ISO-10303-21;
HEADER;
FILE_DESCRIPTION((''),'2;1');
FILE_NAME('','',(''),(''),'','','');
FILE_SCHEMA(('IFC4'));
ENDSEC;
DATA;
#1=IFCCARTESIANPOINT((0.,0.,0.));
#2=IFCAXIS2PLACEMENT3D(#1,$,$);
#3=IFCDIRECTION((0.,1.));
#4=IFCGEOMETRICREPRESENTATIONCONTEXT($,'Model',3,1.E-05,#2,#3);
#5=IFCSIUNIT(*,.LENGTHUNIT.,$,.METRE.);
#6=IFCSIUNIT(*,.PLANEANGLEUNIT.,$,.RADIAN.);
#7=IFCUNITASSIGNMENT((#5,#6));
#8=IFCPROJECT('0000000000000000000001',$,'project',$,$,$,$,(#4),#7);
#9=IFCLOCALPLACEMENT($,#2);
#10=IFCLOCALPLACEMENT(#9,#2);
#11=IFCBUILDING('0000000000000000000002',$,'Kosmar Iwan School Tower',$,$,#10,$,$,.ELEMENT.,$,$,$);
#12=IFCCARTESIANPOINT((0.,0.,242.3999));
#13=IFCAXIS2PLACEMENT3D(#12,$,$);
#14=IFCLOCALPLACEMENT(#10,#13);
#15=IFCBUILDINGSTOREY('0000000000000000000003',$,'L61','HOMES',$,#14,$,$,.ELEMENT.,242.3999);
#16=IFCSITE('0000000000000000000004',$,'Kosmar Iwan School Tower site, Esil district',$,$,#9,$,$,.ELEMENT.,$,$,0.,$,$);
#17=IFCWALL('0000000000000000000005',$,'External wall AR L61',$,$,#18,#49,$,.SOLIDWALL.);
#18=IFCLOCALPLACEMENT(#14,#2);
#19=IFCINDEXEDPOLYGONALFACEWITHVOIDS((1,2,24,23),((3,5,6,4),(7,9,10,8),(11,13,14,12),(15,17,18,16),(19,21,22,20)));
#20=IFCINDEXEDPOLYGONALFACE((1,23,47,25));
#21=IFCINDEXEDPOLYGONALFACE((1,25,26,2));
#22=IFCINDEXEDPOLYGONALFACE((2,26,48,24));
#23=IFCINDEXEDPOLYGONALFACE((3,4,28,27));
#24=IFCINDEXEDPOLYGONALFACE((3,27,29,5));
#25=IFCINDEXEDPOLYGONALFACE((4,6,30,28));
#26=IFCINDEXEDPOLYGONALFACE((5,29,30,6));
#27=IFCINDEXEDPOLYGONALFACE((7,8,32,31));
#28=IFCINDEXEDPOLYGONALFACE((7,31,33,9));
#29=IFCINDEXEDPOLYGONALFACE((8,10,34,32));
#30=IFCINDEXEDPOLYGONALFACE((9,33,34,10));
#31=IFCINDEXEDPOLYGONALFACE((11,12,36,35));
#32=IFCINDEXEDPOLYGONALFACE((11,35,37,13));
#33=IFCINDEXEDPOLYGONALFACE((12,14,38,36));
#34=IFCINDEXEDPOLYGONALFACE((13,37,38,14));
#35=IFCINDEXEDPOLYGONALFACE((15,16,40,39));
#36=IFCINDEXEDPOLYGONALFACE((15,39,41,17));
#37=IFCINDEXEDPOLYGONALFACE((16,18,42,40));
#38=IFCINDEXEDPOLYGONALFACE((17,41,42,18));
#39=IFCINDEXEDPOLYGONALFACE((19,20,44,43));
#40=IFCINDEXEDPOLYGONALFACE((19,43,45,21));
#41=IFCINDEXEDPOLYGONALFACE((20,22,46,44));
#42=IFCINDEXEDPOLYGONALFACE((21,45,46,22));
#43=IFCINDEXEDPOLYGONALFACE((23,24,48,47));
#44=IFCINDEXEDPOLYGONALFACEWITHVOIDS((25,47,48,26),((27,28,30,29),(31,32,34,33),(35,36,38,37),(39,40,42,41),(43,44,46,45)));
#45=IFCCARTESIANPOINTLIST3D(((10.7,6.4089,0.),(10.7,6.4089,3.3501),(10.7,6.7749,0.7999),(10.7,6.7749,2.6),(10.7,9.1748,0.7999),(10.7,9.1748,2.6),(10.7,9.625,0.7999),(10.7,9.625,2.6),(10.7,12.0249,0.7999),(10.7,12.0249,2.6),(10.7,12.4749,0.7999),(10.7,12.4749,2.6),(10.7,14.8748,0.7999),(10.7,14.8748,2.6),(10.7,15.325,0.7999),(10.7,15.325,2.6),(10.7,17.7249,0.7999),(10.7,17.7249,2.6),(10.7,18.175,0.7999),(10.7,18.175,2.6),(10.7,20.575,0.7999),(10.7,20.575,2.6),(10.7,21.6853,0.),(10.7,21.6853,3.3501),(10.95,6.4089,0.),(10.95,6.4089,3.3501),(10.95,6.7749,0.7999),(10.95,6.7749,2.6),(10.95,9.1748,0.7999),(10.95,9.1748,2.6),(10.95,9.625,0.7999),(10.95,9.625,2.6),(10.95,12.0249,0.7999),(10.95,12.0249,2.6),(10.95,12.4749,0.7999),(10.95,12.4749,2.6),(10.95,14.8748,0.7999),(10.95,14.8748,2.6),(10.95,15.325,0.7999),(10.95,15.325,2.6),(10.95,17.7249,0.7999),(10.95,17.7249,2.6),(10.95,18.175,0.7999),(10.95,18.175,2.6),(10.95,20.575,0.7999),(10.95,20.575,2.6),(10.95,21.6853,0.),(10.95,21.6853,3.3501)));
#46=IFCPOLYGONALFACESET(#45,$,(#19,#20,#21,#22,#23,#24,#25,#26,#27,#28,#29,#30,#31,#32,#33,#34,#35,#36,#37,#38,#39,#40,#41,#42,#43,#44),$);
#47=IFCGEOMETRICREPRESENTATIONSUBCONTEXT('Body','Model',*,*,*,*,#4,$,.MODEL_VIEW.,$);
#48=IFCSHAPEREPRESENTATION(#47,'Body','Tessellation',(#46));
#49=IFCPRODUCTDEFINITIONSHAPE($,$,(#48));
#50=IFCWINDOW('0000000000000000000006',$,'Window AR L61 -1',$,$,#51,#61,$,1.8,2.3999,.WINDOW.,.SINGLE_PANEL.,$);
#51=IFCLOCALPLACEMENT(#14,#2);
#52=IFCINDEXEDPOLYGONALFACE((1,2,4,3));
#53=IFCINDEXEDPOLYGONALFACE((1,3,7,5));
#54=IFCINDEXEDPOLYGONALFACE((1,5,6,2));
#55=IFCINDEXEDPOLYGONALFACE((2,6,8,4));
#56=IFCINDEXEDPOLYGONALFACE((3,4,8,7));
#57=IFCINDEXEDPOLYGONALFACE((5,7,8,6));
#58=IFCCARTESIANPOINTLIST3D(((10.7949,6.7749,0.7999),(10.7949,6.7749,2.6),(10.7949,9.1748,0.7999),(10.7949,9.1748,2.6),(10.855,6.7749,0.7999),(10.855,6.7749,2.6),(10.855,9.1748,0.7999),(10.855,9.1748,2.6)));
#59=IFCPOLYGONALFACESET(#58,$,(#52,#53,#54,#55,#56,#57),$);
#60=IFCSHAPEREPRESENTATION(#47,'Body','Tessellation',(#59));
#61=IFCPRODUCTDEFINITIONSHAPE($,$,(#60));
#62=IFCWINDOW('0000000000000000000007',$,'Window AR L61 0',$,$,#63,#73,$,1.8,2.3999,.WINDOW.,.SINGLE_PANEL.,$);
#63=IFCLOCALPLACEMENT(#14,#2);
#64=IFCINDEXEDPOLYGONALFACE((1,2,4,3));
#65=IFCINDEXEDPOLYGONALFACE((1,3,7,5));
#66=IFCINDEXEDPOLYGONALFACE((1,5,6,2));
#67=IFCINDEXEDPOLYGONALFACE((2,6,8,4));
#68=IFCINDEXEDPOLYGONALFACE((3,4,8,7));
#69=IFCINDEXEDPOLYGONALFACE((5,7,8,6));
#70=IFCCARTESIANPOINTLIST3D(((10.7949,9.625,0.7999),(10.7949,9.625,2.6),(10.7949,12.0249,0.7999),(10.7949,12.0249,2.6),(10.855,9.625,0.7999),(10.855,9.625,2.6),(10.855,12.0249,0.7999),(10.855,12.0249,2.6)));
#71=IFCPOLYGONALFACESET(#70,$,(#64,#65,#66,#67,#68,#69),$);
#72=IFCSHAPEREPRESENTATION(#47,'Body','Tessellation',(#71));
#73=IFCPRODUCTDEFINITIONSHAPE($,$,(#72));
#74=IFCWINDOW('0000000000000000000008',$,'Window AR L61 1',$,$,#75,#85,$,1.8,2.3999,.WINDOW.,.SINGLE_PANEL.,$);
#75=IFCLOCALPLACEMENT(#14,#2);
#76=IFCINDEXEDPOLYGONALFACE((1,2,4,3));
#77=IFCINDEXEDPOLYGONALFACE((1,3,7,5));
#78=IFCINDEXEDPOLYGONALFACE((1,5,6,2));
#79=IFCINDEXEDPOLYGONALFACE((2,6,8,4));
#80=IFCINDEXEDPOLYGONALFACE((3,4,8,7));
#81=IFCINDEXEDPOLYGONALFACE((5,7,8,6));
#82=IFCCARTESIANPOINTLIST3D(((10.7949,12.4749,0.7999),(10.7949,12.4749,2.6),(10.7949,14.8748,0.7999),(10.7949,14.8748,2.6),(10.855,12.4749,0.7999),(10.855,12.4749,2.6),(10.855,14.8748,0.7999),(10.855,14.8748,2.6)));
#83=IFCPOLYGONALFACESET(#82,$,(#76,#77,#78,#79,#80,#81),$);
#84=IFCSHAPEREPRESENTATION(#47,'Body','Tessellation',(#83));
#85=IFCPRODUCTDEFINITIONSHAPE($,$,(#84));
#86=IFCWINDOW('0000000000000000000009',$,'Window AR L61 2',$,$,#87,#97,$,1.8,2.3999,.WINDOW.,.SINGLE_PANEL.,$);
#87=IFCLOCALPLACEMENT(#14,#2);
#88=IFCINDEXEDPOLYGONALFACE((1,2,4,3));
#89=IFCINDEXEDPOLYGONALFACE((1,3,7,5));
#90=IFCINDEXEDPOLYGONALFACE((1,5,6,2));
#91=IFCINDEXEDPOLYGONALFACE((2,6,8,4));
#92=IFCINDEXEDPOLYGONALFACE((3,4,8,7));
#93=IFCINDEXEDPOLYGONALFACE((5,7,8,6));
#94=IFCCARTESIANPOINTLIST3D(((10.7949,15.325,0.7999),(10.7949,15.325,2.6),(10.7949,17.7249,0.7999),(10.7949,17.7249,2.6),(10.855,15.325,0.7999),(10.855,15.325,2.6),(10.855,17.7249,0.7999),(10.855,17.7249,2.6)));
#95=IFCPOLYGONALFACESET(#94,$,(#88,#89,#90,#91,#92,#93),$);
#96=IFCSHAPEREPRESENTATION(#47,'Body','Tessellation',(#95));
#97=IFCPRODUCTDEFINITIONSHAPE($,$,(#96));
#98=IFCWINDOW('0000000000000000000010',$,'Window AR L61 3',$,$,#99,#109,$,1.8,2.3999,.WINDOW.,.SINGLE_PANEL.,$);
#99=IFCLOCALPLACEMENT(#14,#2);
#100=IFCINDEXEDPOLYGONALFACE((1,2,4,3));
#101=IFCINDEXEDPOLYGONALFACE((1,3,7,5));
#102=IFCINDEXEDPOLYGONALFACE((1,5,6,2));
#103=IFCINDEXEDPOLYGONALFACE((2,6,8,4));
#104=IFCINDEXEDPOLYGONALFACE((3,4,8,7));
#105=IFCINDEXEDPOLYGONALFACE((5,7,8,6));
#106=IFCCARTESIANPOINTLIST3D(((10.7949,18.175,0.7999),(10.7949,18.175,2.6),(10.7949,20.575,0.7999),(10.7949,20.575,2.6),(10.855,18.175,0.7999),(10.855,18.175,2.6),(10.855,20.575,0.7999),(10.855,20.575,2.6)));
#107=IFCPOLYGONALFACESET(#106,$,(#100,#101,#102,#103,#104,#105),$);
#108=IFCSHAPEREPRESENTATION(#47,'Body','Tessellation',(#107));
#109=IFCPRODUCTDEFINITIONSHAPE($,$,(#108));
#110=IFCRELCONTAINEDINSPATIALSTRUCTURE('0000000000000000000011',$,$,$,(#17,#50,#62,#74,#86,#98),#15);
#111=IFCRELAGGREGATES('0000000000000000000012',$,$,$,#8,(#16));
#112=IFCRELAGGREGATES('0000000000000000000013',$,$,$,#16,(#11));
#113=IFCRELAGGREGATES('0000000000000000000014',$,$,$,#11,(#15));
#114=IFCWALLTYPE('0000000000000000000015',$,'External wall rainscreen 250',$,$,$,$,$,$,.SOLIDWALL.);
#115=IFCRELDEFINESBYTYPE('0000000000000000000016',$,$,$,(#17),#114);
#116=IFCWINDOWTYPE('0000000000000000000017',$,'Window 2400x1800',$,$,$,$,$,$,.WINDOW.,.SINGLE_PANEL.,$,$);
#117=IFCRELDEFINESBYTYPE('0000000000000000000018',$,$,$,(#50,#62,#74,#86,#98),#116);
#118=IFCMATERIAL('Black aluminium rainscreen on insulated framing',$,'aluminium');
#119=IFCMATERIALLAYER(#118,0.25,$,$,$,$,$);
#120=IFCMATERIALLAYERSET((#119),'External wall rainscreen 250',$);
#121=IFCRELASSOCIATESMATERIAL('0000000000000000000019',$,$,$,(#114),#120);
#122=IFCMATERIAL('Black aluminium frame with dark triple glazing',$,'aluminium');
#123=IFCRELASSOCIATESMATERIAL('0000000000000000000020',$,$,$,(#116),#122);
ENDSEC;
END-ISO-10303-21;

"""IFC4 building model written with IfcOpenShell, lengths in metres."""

from ifc_helpers import new_model, si_unit, direction, frame, frame_2d, origin, place, context, subcontext, project, spatial, rectangle, extrude, material, layer, layer_set, type_object, element, fill, save


model = new_model("IFC4")

# Units and contexts
model_context = context("Model", 3, precision=1e-05, world=origin(), true_north=direction((0.0, 1.0)))
body_context = subcontext(model_context, "Body", "Model", "MODEL_VIEW")
ifc_project = project(units=[si_unit("LENGTHUNIT", "METRE"), si_unit("PLANEANGLEUNIT", "RADIAN")], contexts=[model_context])

# Site, building, storey
site_placement = place(None, origin())
site = spatial("IfcSite", under=ifc_project, at=site_placement, Name="Kosmar Iwan School Tower site, Esil district", CompositionType="ELEMENT", RefElevation=0.0)
building_placement = place(site_placement, origin())
building = spatial("IfcBuilding", under=site, at=building_placement, Name="Kosmar Iwan School Tower", CompositionType="ELEMENT")
storey_placement = place(building_placement, frame((0.0, 0.0, 242.3999)))
storey = spatial("IfcBuildingStorey", under=building, at=storey_placement, Name="L61", Description="HOMES", CompositionType="ELEMENT", Elevation=242.3999)

# Wall, openings, windows
ifc_material_1 = material(Name="Black aluminium rainscreen on insulated framing", Category="aluminium")
ifc_layer_1 = layer(ifc_material_1, 0.25)
ifc_layer_set_1 = layer_set([ifc_layer_1], Name="External wall rainscreen 250")
wall_type_1 = type_object("IfcWallType", Name="External wall rainscreen 250", PredefinedType="SOLIDWALL", material=ifc_layer_set_1)
ifc_material_2 = material(Name="Black aluminium frame with dark triple glazing", Category="aluminium")
window_type = type_object("IfcWindowType", Name="Window 2400x1800", PartitioningType="SINGLE_PANEL", PredefinedType="WINDOW", material=ifc_material_2)
wall_1_placement = place(storey_placement, frame((10.825, 6.4089, 0.0), z_axis=(0.0, 0.0, 1.0), x_axis=(0.0, 1.0, 0.0)))
wall_1 = element("IfcWall", 1, at=wall_1_placement, inside=storey, type_object=wall_type_1, Name="External wall AR L61", PredefinedType="SOLIDWALL", context=body_context, shape_type="SweptSolid", body=[
    extrude(rectangle(XDim=15.2764, YDim=0.25, at=frame_2d((7.6382, 0.0))), origin(), (0.0, 0.0, 1.0), 3.3501),
])
opening_1_placement = place(wall_1_placement, frame((0.366, 0.0, 0.8)))
opening_1 = element("IfcOpeningElement", 2, at=opening_1_placement, cuts=wall_1, PredefinedType="OPENING", context=body_context, shape_type="SweptSolid", body=[
    extrude(rectangle(XDim=2.3999, YDim=1.8, at=frame_2d((1.2, 0.8999))), frame((0.0, 0.137, 0.0), z_axis=(0.0, -1.0, 0.0), x_axis=(1.0, 0.0, 0.0)), (0.0, 0.0, 1.0), 0.2739),
])
opening_2_placement = place(wall_1_placement, frame((3.2161, 0.0, 0.8)))
opening_2 = element("IfcOpeningElement", 3, at=opening_2_placement, cuts=wall_1, PredefinedType="OPENING", context=body_context, shape_type="SweptSolid", body=[
    extrude(rectangle(XDim=2.3999, YDim=1.8, at=frame_2d((1.2, 0.8999))), frame((0.0, 0.137, 0.0), z_axis=(0.0, -1.0, 0.0), x_axis=(1.0, 0.0, 0.0)), (0.0, 0.0, 1.0), 0.2739),
])
opening_3_placement = place(wall_1_placement, frame((6.0659, 0.0, 0.8)))
opening_3 = element("IfcOpeningElement", 4, at=opening_3_placement, cuts=wall_1, PredefinedType="OPENING", context=body_context, shape_type="SweptSolid", body=[
    extrude(rectangle(XDim=2.3999, YDim=1.8, at=frame_2d((1.2, 0.8999))), frame((0.0, 0.137, 0.0), z_axis=(0.0, -1.0, 0.0), x_axis=(1.0, 0.0, 0.0)), (0.0, 0.0, 1.0), 0.2739),
])
opening_4_placement = place(wall_1_placement, frame((8.916, 0.0, 0.8)))
opening_4 = element("IfcOpeningElement", 5, at=opening_4_placement, cuts=wall_1, PredefinedType="OPENING", context=body_context, shape_type="SweptSolid", body=[
    extrude(rectangle(XDim=2.3999, YDim=1.8, at=frame_2d((1.2, 0.8999))), frame((0.0, 0.137, 0.0), z_axis=(0.0, -1.0, 0.0), x_axis=(1.0, 0.0, 0.0)), (0.0, 0.0, 1.0), 0.2739),
])
opening_5_placement = place(wall_1_placement, frame((11.7661, 0.0, 0.8)))
opening_5 = element("IfcOpeningElement", 6, at=opening_5_placement, cuts=wall_1, PredefinedType="OPENING", context=body_context, shape_type="SweptSolid", body=[
    extrude(rectangle(XDim=2.3999, YDim=1.8, at=frame_2d((1.2, 0.8999))), frame((0.0, 0.137, 0.0), z_axis=(0.0, -1.0, 0.0), x_axis=(1.0, 0.0, 0.0)), (0.0, 0.0, 1.0), 0.2739),
])
window_1_placement = place(opening_1_placement, origin())
window_1 = element("IfcWindow", 7, at=window_1_placement, inside=storey, type_object=window_type, Name="Window AR L61 -1", OverallHeight=1.8, OverallWidth=2.3999, PartitioningType="SINGLE_PANEL", PredefinedType="WINDOW", context=body_context, shape_type="SweptSolid", body=[
    extrude(rectangle(XDim=2.3999, YDim=1.8, at=frame_2d((1.2, 0.8999))), frame((0.0, 0.03, 0.0), z_axis=(0.0, -1.0, 0.0), x_axis=(1.0, 0.0, 0.0)), (0.0, 0.0, 1.0), 0.0601),
])
fill(opening_1, window_1)
window_2_placement = place(opening_2_placement, origin())
window_2 = element("IfcWindow", 8, at=window_2_placement, inside=storey, type_object=window_type, Name="Window AR L61 0", OverallHeight=1.8, OverallWidth=2.3999, PartitioningType="SINGLE_PANEL", PredefinedType="WINDOW", context=body_context, shape_type="SweptSolid", body=[
    extrude(rectangle(XDim=2.3999, YDim=1.8, at=frame_2d((1.2, 0.8999))), frame((0.0, 0.03, 0.0), z_axis=(0.0, -1.0, 0.0), x_axis=(1.0, 0.0, 0.0)), (0.0, 0.0, 1.0), 0.0601),
])
fill(opening_2, window_2)
window_3_placement = place(opening_3_placement, origin())
window_3 = element("IfcWindow", 9, at=window_3_placement, inside=storey, type_object=window_type, Name="Window AR L61 1", OverallHeight=1.8, OverallWidth=2.3999, PartitioningType="SINGLE_PANEL", PredefinedType="WINDOW", context=body_context, shape_type="SweptSolid", body=[
    extrude(rectangle(XDim=2.3999, YDim=1.8, at=frame_2d((1.2, 0.8999))), frame((0.0, 0.03, 0.0), z_axis=(0.0, -1.0, 0.0), x_axis=(1.0, 0.0, 0.0)), (0.0, 0.0, 1.0), 0.0601),
])
fill(opening_3, window_3)
window_4_placement = place(opening_4_placement, origin())
window_4 = element("IfcWindow", 10, at=window_4_placement, inside=storey, type_object=window_type, Name="Window AR L61 2", OverallHeight=1.8, OverallWidth=2.3999, PartitioningType="SINGLE_PANEL", PredefinedType="WINDOW", context=body_context, shape_type="SweptSolid", body=[
    extrude(rectangle(XDim=2.3999, YDim=1.8, at=frame_2d((1.2, 0.8999))), frame((0.0, 0.03, 0.0), z_axis=(0.0, -1.0, 0.0), x_axis=(1.0, 0.0, 0.0)), (0.0, 0.0, 1.0), 0.0601),
])
fill(opening_4, window_4)
window_5_placement = place(opening_5_placement, origin())
window_5 = element("IfcWindow", 11, at=window_5_placement, inside=storey, type_object=window_type, Name="Window AR L61 3", OverallHeight=1.8, OverallWidth=2.3999, PartitioningType="SINGLE_PANEL", PredefinedType="WINDOW", context=body_context, shape_type="SweptSolid", body=[
    extrude(rectangle(XDim=2.3999, YDim=1.8, at=frame_2d((1.2, 0.8999))), frame((0.0, 0.03, 0.0), z_axis=(0.0, -1.0, 0.0), x_axis=(1.0, 0.0, 0.0)), (0.0, 0.0, 1.0), 0.0601),
])
fill(opening_5, window_5)

save(model, "model.ifc")
